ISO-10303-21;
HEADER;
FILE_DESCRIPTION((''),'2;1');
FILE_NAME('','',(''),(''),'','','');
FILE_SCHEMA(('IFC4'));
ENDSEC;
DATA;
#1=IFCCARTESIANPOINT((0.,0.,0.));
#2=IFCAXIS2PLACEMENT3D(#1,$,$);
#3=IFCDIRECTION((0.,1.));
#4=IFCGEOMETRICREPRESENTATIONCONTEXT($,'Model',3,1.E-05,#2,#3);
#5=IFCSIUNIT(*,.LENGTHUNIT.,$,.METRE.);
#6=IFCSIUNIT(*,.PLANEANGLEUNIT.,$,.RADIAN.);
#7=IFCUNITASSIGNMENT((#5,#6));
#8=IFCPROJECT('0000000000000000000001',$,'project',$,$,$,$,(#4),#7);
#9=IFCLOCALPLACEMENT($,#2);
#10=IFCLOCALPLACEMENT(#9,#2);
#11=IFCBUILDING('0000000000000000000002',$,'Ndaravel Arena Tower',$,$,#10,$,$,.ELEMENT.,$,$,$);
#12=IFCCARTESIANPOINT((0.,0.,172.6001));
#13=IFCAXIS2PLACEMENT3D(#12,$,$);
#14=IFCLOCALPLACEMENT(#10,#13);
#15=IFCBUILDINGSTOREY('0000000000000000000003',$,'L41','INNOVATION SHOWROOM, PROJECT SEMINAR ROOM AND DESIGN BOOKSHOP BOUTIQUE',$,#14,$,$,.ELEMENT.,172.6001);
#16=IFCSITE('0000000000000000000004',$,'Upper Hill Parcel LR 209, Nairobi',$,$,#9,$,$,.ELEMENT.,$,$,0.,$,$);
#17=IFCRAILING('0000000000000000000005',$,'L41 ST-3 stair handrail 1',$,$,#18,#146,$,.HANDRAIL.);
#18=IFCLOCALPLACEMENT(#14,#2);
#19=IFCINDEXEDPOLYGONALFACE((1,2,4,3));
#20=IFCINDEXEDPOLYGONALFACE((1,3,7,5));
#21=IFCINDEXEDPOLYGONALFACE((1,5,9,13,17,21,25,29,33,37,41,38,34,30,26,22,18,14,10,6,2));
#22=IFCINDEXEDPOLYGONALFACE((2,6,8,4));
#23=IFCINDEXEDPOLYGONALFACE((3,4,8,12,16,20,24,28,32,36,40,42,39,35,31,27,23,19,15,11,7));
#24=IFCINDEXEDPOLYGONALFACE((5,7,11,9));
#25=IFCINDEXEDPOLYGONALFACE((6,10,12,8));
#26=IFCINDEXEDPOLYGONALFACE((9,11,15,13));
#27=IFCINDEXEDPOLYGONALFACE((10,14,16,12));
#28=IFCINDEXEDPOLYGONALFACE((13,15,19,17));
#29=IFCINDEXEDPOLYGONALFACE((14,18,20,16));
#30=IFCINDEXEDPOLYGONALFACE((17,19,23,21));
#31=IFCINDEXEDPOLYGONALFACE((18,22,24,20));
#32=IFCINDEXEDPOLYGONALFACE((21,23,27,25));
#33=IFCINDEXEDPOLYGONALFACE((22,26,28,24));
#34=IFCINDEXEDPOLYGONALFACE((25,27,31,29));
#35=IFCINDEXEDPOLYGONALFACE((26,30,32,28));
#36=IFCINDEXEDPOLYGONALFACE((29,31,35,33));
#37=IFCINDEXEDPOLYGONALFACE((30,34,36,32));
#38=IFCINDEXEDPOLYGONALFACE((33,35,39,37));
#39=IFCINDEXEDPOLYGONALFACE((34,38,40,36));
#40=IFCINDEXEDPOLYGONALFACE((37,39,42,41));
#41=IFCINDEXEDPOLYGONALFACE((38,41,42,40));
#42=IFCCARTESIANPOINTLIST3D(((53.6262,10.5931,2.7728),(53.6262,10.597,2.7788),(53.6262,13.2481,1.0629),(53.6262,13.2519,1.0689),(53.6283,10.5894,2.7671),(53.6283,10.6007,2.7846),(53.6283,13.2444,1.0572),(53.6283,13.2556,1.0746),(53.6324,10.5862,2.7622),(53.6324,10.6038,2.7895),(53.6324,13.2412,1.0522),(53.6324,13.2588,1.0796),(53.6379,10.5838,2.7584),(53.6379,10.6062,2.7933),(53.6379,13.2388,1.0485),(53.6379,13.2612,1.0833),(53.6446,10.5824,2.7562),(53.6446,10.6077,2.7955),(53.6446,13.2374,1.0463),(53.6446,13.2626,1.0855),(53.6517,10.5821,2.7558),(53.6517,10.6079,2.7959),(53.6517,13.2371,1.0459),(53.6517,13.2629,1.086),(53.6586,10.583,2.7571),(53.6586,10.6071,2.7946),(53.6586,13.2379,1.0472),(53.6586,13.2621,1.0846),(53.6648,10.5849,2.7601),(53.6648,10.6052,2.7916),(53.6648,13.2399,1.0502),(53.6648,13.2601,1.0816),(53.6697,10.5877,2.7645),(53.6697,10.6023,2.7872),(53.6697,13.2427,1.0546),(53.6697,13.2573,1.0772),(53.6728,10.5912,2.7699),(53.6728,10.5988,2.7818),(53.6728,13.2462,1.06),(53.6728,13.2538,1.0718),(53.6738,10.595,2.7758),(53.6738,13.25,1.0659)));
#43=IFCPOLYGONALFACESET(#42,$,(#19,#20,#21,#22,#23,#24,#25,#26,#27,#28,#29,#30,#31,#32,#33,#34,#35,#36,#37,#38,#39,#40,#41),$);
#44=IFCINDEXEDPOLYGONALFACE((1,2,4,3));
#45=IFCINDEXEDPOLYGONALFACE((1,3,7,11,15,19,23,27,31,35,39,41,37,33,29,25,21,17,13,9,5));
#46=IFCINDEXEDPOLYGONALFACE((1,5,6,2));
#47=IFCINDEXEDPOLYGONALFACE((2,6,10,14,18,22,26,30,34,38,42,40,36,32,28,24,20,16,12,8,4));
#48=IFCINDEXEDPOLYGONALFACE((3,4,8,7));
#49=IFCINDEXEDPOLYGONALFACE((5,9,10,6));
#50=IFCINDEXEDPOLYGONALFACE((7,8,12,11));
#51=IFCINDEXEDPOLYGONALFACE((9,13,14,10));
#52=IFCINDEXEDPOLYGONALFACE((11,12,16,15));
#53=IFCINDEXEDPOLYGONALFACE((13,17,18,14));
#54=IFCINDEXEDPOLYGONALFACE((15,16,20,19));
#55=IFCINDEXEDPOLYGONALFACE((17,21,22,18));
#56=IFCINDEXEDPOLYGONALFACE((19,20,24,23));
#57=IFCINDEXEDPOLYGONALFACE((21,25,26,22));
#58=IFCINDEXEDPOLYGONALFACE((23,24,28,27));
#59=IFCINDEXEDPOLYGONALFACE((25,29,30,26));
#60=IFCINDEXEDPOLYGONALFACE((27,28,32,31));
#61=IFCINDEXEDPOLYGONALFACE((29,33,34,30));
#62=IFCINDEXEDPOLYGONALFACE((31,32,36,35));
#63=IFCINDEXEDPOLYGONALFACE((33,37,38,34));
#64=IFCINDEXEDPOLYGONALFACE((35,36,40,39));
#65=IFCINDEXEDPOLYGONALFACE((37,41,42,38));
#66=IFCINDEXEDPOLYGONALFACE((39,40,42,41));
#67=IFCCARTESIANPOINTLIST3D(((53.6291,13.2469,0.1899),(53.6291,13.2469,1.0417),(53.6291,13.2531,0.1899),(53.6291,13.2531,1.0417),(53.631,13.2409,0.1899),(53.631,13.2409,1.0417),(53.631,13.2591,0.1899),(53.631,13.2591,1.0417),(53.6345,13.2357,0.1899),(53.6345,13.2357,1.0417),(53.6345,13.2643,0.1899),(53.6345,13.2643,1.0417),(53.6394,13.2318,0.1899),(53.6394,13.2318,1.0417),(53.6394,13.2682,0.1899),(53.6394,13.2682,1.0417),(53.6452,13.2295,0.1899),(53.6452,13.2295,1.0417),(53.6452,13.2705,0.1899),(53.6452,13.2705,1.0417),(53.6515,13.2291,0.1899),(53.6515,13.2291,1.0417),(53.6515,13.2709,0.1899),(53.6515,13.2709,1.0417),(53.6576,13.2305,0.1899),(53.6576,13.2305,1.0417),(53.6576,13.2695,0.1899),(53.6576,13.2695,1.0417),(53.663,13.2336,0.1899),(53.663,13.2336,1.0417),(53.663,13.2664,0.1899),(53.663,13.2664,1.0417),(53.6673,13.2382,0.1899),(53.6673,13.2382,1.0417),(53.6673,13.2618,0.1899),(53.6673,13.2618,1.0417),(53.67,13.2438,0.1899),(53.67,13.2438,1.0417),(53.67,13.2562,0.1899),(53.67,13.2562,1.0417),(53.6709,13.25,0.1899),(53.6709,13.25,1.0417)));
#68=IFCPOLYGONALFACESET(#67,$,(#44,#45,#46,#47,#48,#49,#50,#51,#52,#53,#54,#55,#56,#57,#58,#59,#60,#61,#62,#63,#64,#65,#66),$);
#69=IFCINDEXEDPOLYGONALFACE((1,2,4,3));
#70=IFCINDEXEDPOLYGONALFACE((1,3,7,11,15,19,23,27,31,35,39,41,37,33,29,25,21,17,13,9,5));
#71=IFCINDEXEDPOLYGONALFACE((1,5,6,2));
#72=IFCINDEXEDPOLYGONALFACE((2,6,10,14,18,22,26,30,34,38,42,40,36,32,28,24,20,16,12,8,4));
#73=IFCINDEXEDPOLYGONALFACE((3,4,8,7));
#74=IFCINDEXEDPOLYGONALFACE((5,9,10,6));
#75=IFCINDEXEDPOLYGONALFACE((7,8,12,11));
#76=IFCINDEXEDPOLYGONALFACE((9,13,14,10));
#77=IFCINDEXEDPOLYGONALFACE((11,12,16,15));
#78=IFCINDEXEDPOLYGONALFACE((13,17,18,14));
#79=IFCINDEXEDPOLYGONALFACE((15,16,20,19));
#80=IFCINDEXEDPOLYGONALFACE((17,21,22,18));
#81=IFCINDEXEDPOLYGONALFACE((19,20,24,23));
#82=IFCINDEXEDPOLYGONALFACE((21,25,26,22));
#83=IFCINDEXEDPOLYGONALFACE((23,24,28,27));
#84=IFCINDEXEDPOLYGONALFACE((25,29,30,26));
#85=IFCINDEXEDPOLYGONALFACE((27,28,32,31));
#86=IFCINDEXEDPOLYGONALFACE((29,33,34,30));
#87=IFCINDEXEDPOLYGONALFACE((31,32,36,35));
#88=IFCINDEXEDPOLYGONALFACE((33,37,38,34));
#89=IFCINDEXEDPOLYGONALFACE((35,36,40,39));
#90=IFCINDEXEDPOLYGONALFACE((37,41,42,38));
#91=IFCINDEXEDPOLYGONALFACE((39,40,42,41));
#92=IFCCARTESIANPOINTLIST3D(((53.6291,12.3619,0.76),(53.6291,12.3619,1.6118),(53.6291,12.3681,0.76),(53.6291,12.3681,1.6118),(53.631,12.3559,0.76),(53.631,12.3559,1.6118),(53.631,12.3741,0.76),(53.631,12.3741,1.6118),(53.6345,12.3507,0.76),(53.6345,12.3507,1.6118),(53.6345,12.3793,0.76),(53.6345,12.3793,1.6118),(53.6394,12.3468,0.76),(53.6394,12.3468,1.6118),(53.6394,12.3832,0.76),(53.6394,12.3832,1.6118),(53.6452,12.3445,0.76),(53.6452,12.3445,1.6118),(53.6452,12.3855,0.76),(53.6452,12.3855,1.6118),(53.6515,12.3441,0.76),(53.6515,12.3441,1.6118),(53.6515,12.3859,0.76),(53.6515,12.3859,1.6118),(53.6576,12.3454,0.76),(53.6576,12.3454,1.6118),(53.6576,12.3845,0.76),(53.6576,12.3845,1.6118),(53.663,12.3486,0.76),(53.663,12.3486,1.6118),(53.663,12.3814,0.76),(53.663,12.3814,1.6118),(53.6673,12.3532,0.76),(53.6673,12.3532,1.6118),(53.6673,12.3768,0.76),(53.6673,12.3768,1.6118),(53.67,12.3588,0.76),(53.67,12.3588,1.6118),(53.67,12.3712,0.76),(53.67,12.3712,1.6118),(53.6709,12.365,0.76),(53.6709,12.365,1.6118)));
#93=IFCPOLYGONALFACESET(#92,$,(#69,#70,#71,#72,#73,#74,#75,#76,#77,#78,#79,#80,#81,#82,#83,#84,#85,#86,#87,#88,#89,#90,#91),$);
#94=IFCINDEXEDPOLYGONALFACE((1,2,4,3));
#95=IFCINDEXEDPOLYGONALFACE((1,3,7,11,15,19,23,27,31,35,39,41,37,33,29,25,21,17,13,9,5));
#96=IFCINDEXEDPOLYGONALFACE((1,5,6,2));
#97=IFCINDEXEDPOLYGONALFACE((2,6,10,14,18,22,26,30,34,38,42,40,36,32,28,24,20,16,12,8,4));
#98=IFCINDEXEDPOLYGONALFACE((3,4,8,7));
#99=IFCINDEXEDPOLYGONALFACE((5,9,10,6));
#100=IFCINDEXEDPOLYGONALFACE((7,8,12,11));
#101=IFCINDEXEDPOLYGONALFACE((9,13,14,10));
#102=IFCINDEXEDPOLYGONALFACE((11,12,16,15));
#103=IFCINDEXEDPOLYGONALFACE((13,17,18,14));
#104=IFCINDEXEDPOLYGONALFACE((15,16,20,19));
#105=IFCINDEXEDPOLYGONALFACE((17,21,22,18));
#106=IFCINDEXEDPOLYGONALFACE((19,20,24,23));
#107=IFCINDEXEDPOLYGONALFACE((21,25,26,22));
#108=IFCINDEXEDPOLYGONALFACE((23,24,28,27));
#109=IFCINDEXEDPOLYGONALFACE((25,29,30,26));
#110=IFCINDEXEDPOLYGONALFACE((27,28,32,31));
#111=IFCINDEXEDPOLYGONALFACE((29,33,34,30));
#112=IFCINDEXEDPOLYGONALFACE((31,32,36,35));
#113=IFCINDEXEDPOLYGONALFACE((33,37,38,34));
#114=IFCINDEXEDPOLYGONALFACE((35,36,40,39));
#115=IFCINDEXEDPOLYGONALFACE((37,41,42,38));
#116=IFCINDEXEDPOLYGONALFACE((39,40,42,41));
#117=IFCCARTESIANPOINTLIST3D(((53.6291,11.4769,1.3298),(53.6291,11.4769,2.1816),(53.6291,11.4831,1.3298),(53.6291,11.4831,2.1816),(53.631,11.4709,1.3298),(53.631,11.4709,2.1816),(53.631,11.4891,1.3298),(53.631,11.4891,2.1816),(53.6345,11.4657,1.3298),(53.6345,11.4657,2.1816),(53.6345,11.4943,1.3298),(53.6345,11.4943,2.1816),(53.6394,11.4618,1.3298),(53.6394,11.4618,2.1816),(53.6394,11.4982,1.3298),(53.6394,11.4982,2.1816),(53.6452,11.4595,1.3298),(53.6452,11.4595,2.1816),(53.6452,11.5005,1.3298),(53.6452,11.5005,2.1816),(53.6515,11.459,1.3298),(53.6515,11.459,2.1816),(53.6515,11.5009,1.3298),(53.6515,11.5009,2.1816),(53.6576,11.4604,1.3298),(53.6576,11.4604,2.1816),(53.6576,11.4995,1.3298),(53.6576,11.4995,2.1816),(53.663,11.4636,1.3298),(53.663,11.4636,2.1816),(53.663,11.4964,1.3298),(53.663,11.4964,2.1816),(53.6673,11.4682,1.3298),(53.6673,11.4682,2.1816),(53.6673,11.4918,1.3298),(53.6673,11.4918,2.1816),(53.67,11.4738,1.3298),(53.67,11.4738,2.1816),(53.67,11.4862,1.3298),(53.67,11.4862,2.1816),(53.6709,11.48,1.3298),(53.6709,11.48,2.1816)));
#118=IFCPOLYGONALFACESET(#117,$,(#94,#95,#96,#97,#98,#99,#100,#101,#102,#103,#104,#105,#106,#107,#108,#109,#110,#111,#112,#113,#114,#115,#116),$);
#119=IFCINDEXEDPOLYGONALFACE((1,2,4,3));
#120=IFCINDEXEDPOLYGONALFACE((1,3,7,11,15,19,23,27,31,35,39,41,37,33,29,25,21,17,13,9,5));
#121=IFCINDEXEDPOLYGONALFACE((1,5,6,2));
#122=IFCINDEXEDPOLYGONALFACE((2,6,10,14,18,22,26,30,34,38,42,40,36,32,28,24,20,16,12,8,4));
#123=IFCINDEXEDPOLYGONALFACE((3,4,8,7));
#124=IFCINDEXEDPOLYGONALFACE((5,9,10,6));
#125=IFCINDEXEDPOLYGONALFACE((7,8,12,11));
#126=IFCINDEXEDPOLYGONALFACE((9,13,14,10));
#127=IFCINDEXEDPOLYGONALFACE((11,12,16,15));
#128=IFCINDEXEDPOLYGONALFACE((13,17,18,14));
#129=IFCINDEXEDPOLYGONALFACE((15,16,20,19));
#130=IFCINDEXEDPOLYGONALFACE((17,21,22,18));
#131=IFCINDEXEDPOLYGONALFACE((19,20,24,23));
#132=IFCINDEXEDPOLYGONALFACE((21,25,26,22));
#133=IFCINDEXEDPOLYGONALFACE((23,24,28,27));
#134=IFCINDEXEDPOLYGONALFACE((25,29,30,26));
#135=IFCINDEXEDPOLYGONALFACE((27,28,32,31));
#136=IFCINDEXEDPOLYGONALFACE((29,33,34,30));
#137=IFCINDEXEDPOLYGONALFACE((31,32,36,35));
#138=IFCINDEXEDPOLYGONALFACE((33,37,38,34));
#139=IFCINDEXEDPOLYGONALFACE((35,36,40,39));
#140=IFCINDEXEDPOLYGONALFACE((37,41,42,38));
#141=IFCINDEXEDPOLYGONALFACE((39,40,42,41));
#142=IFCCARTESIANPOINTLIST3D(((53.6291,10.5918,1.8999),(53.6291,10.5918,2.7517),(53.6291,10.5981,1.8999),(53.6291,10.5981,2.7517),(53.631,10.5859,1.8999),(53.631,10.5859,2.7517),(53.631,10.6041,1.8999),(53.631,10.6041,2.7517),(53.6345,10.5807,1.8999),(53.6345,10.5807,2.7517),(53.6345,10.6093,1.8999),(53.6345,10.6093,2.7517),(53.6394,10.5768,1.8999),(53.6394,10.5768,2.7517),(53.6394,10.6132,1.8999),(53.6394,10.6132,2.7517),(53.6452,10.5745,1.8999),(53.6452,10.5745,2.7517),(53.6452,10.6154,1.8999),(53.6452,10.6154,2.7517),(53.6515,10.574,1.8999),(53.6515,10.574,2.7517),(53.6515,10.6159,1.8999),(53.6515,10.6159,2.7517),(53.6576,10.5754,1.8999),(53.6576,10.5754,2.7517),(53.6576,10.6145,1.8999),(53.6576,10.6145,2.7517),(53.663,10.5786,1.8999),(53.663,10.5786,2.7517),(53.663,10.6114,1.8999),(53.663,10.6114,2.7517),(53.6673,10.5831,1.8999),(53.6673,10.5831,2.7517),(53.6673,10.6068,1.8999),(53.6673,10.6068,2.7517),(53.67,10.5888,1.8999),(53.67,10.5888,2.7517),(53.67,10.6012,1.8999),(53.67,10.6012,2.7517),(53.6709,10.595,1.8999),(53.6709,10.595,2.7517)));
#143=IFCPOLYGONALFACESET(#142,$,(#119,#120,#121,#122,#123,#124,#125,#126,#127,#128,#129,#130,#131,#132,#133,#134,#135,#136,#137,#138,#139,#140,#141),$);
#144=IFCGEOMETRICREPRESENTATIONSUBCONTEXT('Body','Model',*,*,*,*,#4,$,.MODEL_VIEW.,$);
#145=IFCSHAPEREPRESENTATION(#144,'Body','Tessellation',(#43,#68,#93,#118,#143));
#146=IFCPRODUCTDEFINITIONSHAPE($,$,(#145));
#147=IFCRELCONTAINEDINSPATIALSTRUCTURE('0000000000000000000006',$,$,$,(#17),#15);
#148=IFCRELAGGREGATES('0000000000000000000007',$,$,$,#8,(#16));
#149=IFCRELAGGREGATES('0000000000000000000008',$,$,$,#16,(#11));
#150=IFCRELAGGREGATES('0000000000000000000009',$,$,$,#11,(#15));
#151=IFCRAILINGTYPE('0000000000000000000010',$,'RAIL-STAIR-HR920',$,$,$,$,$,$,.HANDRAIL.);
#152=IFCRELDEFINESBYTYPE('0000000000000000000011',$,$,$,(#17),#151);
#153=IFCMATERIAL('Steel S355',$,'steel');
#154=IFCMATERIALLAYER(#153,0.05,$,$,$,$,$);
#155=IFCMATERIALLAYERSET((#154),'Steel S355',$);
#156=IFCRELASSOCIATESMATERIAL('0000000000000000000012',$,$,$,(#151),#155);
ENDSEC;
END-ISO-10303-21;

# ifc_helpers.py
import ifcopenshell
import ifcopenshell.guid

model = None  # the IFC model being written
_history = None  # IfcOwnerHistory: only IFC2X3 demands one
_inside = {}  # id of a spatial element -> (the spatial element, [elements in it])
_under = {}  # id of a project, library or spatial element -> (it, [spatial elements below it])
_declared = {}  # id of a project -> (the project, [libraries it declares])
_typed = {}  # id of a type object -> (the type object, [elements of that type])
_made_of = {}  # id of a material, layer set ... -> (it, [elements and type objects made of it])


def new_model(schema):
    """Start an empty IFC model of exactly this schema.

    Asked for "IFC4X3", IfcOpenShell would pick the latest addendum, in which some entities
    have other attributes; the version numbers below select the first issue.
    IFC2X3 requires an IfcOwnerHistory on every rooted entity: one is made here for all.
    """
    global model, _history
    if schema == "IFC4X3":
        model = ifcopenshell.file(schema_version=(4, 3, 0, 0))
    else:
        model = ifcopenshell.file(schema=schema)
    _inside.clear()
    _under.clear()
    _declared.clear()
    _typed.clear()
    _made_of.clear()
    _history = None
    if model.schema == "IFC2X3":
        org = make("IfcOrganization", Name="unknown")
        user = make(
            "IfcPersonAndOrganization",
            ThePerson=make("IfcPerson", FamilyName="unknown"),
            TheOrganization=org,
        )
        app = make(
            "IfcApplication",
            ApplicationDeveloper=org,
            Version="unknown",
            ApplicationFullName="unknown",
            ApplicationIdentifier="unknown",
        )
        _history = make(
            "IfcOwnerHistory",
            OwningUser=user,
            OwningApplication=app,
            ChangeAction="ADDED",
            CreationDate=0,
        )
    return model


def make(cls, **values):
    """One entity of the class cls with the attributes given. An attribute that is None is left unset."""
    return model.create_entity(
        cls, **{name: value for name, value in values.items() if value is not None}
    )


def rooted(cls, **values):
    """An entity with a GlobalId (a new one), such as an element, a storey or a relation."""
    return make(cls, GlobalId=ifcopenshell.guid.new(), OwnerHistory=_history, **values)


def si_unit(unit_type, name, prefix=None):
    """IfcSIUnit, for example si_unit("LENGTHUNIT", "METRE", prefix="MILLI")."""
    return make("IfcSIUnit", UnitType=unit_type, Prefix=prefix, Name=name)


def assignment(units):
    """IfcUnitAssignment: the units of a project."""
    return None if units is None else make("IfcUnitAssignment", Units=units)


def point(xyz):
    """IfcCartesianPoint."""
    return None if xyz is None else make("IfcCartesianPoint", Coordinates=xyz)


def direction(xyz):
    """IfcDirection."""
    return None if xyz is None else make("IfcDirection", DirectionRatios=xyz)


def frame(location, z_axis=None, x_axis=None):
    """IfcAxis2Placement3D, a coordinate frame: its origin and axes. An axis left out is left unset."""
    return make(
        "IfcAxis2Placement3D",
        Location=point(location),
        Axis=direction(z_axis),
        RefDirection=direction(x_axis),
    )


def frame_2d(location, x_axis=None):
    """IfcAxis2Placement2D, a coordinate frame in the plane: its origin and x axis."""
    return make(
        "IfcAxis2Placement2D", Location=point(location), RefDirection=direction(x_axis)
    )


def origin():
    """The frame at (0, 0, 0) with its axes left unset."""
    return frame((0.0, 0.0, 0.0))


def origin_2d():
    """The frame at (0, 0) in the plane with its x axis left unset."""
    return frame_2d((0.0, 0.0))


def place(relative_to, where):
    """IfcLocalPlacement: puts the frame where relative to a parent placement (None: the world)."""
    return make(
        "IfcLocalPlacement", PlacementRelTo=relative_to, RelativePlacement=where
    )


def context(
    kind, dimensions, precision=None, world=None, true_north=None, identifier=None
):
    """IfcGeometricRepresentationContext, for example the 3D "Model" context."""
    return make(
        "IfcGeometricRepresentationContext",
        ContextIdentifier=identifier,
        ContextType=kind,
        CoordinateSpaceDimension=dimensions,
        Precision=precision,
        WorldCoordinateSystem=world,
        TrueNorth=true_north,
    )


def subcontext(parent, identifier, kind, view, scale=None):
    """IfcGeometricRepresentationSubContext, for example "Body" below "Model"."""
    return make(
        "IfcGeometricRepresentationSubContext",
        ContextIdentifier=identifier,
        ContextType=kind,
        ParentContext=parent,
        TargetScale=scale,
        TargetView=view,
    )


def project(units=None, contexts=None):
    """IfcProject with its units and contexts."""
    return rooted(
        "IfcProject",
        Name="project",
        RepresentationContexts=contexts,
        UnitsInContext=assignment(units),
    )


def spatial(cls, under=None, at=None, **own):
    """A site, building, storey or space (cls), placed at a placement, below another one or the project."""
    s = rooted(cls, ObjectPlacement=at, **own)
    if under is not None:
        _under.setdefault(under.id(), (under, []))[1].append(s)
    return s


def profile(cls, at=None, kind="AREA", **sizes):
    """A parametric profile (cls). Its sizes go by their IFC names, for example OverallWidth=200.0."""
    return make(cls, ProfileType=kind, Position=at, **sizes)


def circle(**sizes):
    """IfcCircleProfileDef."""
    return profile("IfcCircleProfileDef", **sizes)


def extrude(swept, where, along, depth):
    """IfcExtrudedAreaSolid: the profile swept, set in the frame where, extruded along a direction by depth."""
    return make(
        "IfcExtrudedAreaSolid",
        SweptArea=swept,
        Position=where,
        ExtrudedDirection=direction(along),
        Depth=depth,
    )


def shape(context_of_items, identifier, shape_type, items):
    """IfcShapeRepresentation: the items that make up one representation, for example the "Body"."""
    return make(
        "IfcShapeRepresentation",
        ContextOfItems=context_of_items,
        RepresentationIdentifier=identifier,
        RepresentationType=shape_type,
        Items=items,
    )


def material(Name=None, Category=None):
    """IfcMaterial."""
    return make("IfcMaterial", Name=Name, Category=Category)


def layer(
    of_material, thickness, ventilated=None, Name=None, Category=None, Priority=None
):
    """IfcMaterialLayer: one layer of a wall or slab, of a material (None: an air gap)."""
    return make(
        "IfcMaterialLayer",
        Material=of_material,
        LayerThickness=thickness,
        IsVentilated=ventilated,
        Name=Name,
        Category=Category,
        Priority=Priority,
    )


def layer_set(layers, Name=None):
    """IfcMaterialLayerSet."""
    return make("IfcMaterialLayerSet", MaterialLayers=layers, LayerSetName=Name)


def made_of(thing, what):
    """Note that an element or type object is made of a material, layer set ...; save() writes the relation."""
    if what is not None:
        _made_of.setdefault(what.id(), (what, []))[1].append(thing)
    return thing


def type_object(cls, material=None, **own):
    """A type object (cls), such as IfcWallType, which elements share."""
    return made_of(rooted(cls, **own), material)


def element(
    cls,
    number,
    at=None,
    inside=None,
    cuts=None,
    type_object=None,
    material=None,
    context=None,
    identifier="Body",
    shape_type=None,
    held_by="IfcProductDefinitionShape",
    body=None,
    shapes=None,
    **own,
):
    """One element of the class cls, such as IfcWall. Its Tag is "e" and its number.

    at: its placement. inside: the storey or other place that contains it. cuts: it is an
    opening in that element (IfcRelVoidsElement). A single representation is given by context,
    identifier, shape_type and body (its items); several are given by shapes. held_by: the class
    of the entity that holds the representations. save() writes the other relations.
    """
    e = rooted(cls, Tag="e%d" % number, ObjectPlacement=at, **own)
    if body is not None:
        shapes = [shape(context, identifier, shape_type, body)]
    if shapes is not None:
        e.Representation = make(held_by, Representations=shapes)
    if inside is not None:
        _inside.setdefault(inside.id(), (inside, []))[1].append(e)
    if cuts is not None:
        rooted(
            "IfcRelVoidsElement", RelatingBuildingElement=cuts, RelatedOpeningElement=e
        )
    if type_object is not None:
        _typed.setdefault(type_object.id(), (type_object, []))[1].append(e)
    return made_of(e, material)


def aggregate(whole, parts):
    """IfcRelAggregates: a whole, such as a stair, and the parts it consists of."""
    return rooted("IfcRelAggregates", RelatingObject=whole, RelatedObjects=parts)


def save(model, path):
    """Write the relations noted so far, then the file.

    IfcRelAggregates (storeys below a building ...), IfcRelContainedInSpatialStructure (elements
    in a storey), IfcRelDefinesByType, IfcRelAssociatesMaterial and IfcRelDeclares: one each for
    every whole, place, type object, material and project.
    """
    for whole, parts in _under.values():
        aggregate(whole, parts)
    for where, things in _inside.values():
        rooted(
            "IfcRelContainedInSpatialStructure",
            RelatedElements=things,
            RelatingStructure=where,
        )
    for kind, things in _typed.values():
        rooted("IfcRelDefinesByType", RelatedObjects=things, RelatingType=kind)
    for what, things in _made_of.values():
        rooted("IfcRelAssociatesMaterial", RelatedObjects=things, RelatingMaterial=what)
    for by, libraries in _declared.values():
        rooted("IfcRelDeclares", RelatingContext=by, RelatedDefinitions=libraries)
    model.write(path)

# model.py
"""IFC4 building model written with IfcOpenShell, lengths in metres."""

from ifc_helpers import new_model, si_unit, direction, frame, origin, origin_2d, place, context, subcontext, project, spatial, circle, extrude, material, layer, layer_set, type_object, element, save


model = new_model("IFC4")

# Units and contexts
model_context = context("Model", 3, precision=1e-05, world=origin(), true_north=direction((0.0, 1.0)))
body_context = subcontext(model_context, "Body", "Model", "MODEL_VIEW")
ifc_project = project(units=[si_unit("LENGTHUNIT", "METRE"), si_unit("PLANEANGLEUNIT", "RADIAN")], contexts=[model_context])

# Site, building, storey
site_placement = place(None, origin())
site = spatial("IfcSite", under=ifc_project, at=site_placement, Name="Upper Hill Parcel LR 209, Nairobi", CompositionType="ELEMENT", RefElevation=0.0)
building_placement = place(site_placement, origin())
building = spatial("IfcBuilding", under=site, at=building_placement, Name="Ndaravel Arena Tower", CompositionType="ELEMENT")
storey_placement = place(building_placement, frame((0.0, 0.0, 172.6001)))
storey = spatial("IfcBuildingStorey", under=building, at=storey_placement, Name="L41", Description="INNOVATION SHOWROOM, PROJECT SEMINAR ROOM AND DESIGN BOOKSHOP BOUTIQUE", CompositionType="ELEMENT", Elevation=172.6001)

# Railing
ifc_material_1 = material(Name="Steel S355", Category="steel")
ifc_layer_1 = layer(ifc_material_1, 0.05)
ifc_layer_set_1 = layer_set([ifc_layer_1], Name="Steel S355")
railing_type_1 = type_object("IfcRailingType", Name="RAIL-STAIR-HR920", PredefinedType="HANDRAIL", material=ifc_layer_set_1)
railing_1_placement = place(storey_placement, frame((53.6499, 13.25, 0.1899)))
element("IfcRailing", 1, at=railing_1_placement, inside=storey, type_object=railing_type_1, Name="L41 ST-3 stair handrail 1", PredefinedType="HANDRAIL", context=body_context, shape_type="SweptSolid", body=[
    extrude(circle(Radius=0.0239, at=origin_2d()), frame((0.0, 0.0, 0.876), z_axis=(0.0, -0.840724, 0.541465), x_axis=(1.0, 0.0, 0.0)), (0.0, 0.0, 1.0), 3.158),
    extrude(circle(Radius=0.021, at=origin_2d()), origin(), (0.0, 0.0, 1.0), 0.8518),
    extrude(circle(Radius=0.021, at=origin_2d()), frame((0.0, -0.885, 0.5701)), (0.0, 0.0, 1.0), 0.8518),
    extrude(circle(Radius=0.021, at=origin_2d()), frame((0.0, -1.77, 1.1399)), (0.0, 0.0, 1.0), 0.8518),
    extrude(circle(Radius=0.021, at=origin_2d()), frame((0.0, -2.655, 1.71)), (0.0, 0.0, 1.0), 0.8518),
])

save(model, "model.ifc")
